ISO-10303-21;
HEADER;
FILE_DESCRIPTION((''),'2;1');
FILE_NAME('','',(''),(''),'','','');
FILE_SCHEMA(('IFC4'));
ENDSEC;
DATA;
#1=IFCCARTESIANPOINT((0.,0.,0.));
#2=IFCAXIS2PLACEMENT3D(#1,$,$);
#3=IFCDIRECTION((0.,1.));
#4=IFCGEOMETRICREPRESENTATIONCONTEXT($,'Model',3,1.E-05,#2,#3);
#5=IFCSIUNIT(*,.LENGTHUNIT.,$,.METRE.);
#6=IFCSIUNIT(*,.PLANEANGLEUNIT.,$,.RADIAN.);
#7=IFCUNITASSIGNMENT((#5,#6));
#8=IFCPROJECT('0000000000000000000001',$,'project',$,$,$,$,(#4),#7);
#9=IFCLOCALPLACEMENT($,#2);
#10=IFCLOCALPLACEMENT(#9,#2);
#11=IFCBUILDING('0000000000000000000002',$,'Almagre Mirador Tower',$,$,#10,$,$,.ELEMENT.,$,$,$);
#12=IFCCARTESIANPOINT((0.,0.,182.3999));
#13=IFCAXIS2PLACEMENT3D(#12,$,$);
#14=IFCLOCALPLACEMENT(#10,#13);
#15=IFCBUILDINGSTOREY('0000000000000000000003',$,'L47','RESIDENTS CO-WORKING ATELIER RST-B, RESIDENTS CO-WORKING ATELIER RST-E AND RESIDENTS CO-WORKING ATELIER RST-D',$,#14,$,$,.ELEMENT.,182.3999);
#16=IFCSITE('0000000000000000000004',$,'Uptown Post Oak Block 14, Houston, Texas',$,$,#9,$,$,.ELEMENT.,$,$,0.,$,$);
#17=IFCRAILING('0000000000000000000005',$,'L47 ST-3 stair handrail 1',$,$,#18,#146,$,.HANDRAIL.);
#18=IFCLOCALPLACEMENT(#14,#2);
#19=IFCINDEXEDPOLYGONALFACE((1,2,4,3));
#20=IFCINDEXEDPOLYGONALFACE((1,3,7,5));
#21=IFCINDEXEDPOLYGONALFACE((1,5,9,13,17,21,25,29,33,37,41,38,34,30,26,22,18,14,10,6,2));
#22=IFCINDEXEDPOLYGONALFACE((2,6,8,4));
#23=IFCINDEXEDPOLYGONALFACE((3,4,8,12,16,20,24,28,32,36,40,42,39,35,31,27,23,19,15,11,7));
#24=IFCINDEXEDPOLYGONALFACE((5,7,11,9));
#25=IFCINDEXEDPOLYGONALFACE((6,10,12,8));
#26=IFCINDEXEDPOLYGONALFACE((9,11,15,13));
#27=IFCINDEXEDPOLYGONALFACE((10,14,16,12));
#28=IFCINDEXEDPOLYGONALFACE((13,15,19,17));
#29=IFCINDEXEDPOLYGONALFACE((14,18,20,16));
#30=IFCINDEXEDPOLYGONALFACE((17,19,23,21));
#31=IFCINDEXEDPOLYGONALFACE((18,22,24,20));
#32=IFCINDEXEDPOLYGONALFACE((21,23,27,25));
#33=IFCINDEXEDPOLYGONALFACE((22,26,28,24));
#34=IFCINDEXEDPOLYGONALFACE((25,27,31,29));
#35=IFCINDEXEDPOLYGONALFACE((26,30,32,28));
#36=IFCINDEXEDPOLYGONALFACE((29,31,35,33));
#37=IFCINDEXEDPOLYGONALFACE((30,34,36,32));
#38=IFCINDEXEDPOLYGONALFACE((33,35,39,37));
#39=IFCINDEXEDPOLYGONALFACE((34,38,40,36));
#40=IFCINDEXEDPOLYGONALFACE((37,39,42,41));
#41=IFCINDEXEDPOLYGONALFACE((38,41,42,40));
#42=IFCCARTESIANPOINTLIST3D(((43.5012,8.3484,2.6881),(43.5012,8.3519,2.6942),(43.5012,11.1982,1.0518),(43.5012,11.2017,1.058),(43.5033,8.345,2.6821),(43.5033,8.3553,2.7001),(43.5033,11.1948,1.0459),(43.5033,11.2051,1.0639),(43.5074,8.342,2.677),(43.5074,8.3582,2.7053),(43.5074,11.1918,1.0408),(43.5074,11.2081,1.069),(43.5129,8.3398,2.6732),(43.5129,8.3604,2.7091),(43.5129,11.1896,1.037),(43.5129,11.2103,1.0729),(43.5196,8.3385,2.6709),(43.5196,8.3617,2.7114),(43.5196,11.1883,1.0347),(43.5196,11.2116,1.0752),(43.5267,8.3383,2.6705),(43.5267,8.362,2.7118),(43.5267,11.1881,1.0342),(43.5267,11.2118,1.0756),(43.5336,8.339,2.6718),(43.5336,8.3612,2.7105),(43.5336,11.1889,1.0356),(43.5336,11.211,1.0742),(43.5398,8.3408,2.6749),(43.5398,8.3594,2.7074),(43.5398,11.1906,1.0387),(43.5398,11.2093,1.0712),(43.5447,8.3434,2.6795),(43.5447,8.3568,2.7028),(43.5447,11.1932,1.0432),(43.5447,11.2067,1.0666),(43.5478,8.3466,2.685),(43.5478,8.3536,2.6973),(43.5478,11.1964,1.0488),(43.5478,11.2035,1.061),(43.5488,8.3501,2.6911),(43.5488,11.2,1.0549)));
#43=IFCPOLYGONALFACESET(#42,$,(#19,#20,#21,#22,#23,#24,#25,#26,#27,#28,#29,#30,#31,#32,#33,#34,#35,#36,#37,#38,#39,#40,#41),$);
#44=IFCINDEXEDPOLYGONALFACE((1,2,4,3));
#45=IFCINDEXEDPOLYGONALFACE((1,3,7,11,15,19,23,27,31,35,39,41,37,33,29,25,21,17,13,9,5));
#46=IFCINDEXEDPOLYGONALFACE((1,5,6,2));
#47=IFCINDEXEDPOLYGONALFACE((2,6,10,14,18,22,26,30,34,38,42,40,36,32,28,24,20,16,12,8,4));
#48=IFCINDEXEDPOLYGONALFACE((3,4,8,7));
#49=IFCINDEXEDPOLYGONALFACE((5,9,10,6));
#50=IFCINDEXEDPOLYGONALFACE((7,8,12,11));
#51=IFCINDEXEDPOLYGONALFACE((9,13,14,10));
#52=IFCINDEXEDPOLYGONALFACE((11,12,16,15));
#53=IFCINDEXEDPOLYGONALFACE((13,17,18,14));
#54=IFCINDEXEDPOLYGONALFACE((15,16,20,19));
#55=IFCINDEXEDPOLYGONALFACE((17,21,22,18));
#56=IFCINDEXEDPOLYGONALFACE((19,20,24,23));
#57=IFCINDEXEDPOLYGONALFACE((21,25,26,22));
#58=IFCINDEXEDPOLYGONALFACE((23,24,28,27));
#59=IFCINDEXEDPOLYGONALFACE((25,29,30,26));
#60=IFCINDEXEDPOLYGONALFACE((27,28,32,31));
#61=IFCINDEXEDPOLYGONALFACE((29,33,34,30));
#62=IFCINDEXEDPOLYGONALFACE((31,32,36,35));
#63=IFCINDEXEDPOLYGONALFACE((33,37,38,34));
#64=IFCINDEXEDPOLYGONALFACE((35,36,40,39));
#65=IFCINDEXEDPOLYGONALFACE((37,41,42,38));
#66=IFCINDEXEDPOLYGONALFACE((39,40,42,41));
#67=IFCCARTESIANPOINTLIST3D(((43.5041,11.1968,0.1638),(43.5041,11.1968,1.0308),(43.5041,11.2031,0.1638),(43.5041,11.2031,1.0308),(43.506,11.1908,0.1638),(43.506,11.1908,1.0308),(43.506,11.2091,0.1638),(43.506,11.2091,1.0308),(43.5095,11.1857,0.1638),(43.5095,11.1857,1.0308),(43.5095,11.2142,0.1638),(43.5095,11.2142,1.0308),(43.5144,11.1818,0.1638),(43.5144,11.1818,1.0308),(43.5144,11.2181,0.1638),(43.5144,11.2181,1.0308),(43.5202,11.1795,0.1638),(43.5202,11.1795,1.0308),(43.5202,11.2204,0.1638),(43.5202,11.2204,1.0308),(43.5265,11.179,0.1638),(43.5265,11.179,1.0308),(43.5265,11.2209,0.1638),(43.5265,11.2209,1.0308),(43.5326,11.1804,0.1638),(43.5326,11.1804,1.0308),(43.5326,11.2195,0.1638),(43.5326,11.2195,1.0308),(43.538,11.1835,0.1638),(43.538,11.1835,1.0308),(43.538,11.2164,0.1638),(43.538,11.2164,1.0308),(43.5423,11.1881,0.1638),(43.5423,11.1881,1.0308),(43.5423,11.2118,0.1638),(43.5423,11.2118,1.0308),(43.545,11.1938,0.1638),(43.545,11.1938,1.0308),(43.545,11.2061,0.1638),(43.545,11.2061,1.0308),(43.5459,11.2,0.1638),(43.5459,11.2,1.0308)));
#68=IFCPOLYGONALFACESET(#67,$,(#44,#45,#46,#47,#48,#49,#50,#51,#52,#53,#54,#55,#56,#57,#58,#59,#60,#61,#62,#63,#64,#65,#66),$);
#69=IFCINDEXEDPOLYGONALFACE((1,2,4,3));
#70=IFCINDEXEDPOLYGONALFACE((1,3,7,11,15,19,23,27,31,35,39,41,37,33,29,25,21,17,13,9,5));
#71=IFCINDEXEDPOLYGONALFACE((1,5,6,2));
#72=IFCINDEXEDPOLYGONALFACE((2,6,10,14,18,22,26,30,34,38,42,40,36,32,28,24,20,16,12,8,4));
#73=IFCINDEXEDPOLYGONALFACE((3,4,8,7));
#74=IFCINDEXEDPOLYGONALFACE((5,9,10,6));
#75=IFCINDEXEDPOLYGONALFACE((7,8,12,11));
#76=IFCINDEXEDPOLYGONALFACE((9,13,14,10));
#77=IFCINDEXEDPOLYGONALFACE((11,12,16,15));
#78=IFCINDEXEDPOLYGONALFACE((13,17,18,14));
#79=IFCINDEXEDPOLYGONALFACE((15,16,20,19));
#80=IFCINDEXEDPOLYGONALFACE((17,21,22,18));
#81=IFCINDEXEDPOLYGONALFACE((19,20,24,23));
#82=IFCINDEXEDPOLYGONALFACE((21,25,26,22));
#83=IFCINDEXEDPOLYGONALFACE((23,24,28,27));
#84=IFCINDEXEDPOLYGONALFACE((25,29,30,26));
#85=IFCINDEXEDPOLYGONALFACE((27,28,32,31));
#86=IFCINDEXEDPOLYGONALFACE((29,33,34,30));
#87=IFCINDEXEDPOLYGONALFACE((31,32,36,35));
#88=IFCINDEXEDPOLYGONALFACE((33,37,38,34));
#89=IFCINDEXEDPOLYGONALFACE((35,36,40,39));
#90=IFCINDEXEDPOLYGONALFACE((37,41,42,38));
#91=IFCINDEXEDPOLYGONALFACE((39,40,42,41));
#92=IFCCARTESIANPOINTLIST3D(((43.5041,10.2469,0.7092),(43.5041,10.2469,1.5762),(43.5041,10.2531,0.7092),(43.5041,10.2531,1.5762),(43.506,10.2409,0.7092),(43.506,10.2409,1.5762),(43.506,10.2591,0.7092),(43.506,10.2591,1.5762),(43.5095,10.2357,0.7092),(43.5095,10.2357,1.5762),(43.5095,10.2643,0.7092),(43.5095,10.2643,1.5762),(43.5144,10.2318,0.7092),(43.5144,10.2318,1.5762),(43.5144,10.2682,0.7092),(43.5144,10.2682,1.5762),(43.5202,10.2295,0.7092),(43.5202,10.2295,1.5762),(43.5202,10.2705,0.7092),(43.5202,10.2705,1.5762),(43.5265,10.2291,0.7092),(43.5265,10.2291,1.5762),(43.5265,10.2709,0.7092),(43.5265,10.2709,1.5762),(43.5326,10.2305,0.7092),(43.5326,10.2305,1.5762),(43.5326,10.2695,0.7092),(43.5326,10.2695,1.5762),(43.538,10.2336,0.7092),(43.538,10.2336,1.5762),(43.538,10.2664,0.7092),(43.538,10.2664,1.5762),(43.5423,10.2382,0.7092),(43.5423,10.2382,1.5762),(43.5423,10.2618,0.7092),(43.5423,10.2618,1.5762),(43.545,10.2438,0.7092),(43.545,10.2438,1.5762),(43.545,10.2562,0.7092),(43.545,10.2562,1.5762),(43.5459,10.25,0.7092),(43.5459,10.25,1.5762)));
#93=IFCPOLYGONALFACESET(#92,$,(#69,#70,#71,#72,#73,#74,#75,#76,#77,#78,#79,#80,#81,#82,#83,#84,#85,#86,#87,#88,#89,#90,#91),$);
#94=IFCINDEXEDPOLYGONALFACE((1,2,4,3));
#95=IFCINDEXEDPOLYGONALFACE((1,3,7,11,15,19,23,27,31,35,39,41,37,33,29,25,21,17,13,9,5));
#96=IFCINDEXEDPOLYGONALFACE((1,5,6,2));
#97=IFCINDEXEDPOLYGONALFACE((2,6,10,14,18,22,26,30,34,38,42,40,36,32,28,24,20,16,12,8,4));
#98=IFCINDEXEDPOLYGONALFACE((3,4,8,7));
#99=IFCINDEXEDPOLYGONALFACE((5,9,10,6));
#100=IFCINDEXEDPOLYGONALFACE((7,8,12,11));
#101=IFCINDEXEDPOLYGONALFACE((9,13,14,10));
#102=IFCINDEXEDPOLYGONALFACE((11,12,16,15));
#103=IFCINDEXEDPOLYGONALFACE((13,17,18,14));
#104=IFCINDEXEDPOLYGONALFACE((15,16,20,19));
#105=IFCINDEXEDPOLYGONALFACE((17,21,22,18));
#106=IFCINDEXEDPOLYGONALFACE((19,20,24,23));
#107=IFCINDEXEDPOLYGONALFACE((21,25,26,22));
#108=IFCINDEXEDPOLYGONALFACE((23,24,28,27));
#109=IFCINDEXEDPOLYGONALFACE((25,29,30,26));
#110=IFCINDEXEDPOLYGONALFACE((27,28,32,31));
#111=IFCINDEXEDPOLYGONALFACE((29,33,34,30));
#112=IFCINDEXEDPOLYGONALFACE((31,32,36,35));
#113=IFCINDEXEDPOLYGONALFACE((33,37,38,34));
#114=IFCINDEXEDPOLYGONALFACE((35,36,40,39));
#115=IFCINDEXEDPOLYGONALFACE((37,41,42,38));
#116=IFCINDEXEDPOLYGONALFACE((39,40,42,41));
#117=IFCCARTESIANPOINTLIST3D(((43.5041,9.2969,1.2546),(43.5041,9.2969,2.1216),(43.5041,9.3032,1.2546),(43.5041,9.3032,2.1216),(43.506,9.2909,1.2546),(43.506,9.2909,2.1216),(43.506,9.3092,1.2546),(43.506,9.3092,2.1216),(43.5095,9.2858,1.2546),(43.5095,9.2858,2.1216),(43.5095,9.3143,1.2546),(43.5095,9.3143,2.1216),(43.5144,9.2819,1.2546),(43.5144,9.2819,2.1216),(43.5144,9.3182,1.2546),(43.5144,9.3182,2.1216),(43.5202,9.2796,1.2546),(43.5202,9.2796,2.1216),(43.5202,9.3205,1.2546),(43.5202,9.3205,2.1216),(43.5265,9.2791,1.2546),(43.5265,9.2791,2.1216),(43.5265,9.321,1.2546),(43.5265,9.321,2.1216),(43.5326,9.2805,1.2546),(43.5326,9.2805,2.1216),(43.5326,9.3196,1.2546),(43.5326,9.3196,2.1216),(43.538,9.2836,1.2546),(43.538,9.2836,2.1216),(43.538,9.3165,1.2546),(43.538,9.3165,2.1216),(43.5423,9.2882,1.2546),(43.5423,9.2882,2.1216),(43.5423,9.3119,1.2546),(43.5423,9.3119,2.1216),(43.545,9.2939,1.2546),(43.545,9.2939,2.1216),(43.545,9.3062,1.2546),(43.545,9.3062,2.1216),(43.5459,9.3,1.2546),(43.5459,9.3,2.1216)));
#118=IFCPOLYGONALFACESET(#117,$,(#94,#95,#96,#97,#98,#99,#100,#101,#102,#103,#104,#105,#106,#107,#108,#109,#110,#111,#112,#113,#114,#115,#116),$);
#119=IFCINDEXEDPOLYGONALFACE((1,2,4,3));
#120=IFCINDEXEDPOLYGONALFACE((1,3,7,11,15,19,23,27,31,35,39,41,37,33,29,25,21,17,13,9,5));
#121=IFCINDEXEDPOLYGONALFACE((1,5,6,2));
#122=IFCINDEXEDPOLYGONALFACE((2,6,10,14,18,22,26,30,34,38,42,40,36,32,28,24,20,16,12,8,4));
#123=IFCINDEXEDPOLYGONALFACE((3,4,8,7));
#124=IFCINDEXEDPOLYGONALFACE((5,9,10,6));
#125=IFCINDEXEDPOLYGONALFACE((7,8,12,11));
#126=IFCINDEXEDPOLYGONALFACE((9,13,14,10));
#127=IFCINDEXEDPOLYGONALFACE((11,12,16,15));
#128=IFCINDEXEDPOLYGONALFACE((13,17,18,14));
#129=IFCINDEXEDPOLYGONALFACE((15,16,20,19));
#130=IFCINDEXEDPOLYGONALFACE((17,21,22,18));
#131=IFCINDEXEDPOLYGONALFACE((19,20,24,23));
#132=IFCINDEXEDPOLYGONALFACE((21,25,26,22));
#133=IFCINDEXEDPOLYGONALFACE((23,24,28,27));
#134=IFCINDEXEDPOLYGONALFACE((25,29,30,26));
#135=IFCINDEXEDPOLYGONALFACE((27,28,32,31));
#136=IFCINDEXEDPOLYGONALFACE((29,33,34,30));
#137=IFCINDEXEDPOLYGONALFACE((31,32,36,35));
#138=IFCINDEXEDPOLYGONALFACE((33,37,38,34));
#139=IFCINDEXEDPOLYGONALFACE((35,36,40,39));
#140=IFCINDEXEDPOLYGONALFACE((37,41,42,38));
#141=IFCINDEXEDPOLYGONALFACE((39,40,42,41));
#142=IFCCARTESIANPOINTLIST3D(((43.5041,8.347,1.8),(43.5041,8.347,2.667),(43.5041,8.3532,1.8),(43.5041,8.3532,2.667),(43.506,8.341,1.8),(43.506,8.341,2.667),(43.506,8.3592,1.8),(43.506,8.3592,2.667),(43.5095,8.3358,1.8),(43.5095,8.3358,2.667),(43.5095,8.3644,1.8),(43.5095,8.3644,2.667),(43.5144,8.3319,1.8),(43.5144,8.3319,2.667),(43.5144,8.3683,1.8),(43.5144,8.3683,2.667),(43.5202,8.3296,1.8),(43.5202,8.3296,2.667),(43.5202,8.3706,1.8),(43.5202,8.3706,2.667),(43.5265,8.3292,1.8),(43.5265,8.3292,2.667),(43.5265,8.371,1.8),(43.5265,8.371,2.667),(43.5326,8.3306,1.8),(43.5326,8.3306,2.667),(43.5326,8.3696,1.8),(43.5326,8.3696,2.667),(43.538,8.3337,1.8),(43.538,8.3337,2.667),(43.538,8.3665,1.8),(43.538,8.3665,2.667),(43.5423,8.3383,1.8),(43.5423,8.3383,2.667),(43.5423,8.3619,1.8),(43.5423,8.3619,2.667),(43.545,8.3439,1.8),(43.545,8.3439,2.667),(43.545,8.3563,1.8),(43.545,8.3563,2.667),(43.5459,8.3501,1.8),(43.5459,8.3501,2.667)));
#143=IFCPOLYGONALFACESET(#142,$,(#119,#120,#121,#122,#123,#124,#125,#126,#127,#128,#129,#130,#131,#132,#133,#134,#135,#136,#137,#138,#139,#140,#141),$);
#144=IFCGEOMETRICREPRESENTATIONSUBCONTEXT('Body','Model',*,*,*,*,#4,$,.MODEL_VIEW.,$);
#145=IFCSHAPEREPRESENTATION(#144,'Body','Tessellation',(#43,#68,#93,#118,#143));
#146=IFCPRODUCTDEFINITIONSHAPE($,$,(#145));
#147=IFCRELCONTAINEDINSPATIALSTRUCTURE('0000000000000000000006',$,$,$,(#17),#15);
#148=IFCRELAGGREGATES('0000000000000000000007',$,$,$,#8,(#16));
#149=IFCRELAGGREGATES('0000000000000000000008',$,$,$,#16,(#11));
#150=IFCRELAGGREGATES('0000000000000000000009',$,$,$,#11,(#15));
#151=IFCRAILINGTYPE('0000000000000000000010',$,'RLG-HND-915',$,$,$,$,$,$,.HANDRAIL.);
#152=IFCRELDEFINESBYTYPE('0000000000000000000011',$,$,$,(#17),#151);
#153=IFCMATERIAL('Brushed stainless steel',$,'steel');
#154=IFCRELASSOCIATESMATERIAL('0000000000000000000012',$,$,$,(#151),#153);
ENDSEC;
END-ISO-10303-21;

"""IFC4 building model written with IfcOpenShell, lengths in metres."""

from ifc_helpers import new_model, si_unit, direction, frame, origin, origin_2d, place, context, subcontext, project, spatial, circle, extrude, material, type_object, element, save


model = new_model("IFC4")

# Units and contexts
model_context = context("Model", 3, precision=1e-05, world=origin(), true_north=direction((0.0, 1.0)))
body_context = subcontext(model_context, "Body", "Model", "MODEL_VIEW")
ifc_project = project(units=[si_unit("LENGTHUNIT", "METRE"), si_unit("PLANEANGLEUNIT", "RADIAN")], contexts=[model_context])

# Site, building, storey
site_placement = place(None, origin())
site = spatial("IfcSite", under=ifc_project, at=site_placement, Name="Uptown Post Oak Block 14, Houston, Texas", CompositionType="ELEMENT", RefElevation=0.0)
building_placement = place(site_placement, origin())
building = spatial("IfcBuilding", under=site, at=building_placement, Name="Almagre Mirador Tower", CompositionType="ELEMENT")
storey_placement = place(building_placement, frame((0.0, 0.0, 182.3999)))
storey = spatial("IfcBuildingStorey", under=building, at=storey_placement, Name="L47", Description="RESIDENTS CO-WORKING ATELIER RST-B, RESIDENTS CO-WORKING ATELIER RST-E AND RESIDENTS CO-WORKING ATELIER RST-D", CompositionType="ELEMENT", Elevation=182.3999)

# Railing
ifc_material_1 = material(Name="Brushed stainless steel", Category="steel")
railing_type_1 = type_object("IfcRailingType", Name="RLG-HND-915", PredefinedType="HANDRAIL", material=ifc_material_1)
railing_1_placement = place(storey_placement, frame((43.5249, 11.2, 0.1638)))
element("IfcRailing", 1, at=railing_1_placement, inside=storey, type_object=railing_type_1, Name="L47 ST-3 stair handrail 1", PredefinedType="HANDRAIL", context=body_context, shape_type="SweptSolid", body=[
    extrude(circle(Radius=0.0239, at=origin_2d()), frame((0.0, 0.0, 0.8911), z_axis=(0.0, -0.867226, 0.497914), x_axis=(1.0, 0.0, 0.0)), (0.0, 0.0, 1.0), 3.2861),
    extrude(circle(Radius=0.021, at=origin_2d()), origin(), (0.0, 0.0, 1.0), 0.8669),
    extrude(circle(Radius=0.021, at=origin_2d()), frame((0.0, -0.95, 0.5454)), (0.0, 0.0, 1.0), 0.8669),
    extrude(circle(Radius=0.021, at=origin_2d()), frame((0.0, -1.8999, 1.0908)), (0.0, 0.0, 1.0), 0.8669),
    extrude(circle(Radius=0.021, at=origin_2d()), frame((0.0, -2.8499, 1.6362)), (0.0, 0.0, 1.0), 0.8669),
])

save(model, "model.ifc")
